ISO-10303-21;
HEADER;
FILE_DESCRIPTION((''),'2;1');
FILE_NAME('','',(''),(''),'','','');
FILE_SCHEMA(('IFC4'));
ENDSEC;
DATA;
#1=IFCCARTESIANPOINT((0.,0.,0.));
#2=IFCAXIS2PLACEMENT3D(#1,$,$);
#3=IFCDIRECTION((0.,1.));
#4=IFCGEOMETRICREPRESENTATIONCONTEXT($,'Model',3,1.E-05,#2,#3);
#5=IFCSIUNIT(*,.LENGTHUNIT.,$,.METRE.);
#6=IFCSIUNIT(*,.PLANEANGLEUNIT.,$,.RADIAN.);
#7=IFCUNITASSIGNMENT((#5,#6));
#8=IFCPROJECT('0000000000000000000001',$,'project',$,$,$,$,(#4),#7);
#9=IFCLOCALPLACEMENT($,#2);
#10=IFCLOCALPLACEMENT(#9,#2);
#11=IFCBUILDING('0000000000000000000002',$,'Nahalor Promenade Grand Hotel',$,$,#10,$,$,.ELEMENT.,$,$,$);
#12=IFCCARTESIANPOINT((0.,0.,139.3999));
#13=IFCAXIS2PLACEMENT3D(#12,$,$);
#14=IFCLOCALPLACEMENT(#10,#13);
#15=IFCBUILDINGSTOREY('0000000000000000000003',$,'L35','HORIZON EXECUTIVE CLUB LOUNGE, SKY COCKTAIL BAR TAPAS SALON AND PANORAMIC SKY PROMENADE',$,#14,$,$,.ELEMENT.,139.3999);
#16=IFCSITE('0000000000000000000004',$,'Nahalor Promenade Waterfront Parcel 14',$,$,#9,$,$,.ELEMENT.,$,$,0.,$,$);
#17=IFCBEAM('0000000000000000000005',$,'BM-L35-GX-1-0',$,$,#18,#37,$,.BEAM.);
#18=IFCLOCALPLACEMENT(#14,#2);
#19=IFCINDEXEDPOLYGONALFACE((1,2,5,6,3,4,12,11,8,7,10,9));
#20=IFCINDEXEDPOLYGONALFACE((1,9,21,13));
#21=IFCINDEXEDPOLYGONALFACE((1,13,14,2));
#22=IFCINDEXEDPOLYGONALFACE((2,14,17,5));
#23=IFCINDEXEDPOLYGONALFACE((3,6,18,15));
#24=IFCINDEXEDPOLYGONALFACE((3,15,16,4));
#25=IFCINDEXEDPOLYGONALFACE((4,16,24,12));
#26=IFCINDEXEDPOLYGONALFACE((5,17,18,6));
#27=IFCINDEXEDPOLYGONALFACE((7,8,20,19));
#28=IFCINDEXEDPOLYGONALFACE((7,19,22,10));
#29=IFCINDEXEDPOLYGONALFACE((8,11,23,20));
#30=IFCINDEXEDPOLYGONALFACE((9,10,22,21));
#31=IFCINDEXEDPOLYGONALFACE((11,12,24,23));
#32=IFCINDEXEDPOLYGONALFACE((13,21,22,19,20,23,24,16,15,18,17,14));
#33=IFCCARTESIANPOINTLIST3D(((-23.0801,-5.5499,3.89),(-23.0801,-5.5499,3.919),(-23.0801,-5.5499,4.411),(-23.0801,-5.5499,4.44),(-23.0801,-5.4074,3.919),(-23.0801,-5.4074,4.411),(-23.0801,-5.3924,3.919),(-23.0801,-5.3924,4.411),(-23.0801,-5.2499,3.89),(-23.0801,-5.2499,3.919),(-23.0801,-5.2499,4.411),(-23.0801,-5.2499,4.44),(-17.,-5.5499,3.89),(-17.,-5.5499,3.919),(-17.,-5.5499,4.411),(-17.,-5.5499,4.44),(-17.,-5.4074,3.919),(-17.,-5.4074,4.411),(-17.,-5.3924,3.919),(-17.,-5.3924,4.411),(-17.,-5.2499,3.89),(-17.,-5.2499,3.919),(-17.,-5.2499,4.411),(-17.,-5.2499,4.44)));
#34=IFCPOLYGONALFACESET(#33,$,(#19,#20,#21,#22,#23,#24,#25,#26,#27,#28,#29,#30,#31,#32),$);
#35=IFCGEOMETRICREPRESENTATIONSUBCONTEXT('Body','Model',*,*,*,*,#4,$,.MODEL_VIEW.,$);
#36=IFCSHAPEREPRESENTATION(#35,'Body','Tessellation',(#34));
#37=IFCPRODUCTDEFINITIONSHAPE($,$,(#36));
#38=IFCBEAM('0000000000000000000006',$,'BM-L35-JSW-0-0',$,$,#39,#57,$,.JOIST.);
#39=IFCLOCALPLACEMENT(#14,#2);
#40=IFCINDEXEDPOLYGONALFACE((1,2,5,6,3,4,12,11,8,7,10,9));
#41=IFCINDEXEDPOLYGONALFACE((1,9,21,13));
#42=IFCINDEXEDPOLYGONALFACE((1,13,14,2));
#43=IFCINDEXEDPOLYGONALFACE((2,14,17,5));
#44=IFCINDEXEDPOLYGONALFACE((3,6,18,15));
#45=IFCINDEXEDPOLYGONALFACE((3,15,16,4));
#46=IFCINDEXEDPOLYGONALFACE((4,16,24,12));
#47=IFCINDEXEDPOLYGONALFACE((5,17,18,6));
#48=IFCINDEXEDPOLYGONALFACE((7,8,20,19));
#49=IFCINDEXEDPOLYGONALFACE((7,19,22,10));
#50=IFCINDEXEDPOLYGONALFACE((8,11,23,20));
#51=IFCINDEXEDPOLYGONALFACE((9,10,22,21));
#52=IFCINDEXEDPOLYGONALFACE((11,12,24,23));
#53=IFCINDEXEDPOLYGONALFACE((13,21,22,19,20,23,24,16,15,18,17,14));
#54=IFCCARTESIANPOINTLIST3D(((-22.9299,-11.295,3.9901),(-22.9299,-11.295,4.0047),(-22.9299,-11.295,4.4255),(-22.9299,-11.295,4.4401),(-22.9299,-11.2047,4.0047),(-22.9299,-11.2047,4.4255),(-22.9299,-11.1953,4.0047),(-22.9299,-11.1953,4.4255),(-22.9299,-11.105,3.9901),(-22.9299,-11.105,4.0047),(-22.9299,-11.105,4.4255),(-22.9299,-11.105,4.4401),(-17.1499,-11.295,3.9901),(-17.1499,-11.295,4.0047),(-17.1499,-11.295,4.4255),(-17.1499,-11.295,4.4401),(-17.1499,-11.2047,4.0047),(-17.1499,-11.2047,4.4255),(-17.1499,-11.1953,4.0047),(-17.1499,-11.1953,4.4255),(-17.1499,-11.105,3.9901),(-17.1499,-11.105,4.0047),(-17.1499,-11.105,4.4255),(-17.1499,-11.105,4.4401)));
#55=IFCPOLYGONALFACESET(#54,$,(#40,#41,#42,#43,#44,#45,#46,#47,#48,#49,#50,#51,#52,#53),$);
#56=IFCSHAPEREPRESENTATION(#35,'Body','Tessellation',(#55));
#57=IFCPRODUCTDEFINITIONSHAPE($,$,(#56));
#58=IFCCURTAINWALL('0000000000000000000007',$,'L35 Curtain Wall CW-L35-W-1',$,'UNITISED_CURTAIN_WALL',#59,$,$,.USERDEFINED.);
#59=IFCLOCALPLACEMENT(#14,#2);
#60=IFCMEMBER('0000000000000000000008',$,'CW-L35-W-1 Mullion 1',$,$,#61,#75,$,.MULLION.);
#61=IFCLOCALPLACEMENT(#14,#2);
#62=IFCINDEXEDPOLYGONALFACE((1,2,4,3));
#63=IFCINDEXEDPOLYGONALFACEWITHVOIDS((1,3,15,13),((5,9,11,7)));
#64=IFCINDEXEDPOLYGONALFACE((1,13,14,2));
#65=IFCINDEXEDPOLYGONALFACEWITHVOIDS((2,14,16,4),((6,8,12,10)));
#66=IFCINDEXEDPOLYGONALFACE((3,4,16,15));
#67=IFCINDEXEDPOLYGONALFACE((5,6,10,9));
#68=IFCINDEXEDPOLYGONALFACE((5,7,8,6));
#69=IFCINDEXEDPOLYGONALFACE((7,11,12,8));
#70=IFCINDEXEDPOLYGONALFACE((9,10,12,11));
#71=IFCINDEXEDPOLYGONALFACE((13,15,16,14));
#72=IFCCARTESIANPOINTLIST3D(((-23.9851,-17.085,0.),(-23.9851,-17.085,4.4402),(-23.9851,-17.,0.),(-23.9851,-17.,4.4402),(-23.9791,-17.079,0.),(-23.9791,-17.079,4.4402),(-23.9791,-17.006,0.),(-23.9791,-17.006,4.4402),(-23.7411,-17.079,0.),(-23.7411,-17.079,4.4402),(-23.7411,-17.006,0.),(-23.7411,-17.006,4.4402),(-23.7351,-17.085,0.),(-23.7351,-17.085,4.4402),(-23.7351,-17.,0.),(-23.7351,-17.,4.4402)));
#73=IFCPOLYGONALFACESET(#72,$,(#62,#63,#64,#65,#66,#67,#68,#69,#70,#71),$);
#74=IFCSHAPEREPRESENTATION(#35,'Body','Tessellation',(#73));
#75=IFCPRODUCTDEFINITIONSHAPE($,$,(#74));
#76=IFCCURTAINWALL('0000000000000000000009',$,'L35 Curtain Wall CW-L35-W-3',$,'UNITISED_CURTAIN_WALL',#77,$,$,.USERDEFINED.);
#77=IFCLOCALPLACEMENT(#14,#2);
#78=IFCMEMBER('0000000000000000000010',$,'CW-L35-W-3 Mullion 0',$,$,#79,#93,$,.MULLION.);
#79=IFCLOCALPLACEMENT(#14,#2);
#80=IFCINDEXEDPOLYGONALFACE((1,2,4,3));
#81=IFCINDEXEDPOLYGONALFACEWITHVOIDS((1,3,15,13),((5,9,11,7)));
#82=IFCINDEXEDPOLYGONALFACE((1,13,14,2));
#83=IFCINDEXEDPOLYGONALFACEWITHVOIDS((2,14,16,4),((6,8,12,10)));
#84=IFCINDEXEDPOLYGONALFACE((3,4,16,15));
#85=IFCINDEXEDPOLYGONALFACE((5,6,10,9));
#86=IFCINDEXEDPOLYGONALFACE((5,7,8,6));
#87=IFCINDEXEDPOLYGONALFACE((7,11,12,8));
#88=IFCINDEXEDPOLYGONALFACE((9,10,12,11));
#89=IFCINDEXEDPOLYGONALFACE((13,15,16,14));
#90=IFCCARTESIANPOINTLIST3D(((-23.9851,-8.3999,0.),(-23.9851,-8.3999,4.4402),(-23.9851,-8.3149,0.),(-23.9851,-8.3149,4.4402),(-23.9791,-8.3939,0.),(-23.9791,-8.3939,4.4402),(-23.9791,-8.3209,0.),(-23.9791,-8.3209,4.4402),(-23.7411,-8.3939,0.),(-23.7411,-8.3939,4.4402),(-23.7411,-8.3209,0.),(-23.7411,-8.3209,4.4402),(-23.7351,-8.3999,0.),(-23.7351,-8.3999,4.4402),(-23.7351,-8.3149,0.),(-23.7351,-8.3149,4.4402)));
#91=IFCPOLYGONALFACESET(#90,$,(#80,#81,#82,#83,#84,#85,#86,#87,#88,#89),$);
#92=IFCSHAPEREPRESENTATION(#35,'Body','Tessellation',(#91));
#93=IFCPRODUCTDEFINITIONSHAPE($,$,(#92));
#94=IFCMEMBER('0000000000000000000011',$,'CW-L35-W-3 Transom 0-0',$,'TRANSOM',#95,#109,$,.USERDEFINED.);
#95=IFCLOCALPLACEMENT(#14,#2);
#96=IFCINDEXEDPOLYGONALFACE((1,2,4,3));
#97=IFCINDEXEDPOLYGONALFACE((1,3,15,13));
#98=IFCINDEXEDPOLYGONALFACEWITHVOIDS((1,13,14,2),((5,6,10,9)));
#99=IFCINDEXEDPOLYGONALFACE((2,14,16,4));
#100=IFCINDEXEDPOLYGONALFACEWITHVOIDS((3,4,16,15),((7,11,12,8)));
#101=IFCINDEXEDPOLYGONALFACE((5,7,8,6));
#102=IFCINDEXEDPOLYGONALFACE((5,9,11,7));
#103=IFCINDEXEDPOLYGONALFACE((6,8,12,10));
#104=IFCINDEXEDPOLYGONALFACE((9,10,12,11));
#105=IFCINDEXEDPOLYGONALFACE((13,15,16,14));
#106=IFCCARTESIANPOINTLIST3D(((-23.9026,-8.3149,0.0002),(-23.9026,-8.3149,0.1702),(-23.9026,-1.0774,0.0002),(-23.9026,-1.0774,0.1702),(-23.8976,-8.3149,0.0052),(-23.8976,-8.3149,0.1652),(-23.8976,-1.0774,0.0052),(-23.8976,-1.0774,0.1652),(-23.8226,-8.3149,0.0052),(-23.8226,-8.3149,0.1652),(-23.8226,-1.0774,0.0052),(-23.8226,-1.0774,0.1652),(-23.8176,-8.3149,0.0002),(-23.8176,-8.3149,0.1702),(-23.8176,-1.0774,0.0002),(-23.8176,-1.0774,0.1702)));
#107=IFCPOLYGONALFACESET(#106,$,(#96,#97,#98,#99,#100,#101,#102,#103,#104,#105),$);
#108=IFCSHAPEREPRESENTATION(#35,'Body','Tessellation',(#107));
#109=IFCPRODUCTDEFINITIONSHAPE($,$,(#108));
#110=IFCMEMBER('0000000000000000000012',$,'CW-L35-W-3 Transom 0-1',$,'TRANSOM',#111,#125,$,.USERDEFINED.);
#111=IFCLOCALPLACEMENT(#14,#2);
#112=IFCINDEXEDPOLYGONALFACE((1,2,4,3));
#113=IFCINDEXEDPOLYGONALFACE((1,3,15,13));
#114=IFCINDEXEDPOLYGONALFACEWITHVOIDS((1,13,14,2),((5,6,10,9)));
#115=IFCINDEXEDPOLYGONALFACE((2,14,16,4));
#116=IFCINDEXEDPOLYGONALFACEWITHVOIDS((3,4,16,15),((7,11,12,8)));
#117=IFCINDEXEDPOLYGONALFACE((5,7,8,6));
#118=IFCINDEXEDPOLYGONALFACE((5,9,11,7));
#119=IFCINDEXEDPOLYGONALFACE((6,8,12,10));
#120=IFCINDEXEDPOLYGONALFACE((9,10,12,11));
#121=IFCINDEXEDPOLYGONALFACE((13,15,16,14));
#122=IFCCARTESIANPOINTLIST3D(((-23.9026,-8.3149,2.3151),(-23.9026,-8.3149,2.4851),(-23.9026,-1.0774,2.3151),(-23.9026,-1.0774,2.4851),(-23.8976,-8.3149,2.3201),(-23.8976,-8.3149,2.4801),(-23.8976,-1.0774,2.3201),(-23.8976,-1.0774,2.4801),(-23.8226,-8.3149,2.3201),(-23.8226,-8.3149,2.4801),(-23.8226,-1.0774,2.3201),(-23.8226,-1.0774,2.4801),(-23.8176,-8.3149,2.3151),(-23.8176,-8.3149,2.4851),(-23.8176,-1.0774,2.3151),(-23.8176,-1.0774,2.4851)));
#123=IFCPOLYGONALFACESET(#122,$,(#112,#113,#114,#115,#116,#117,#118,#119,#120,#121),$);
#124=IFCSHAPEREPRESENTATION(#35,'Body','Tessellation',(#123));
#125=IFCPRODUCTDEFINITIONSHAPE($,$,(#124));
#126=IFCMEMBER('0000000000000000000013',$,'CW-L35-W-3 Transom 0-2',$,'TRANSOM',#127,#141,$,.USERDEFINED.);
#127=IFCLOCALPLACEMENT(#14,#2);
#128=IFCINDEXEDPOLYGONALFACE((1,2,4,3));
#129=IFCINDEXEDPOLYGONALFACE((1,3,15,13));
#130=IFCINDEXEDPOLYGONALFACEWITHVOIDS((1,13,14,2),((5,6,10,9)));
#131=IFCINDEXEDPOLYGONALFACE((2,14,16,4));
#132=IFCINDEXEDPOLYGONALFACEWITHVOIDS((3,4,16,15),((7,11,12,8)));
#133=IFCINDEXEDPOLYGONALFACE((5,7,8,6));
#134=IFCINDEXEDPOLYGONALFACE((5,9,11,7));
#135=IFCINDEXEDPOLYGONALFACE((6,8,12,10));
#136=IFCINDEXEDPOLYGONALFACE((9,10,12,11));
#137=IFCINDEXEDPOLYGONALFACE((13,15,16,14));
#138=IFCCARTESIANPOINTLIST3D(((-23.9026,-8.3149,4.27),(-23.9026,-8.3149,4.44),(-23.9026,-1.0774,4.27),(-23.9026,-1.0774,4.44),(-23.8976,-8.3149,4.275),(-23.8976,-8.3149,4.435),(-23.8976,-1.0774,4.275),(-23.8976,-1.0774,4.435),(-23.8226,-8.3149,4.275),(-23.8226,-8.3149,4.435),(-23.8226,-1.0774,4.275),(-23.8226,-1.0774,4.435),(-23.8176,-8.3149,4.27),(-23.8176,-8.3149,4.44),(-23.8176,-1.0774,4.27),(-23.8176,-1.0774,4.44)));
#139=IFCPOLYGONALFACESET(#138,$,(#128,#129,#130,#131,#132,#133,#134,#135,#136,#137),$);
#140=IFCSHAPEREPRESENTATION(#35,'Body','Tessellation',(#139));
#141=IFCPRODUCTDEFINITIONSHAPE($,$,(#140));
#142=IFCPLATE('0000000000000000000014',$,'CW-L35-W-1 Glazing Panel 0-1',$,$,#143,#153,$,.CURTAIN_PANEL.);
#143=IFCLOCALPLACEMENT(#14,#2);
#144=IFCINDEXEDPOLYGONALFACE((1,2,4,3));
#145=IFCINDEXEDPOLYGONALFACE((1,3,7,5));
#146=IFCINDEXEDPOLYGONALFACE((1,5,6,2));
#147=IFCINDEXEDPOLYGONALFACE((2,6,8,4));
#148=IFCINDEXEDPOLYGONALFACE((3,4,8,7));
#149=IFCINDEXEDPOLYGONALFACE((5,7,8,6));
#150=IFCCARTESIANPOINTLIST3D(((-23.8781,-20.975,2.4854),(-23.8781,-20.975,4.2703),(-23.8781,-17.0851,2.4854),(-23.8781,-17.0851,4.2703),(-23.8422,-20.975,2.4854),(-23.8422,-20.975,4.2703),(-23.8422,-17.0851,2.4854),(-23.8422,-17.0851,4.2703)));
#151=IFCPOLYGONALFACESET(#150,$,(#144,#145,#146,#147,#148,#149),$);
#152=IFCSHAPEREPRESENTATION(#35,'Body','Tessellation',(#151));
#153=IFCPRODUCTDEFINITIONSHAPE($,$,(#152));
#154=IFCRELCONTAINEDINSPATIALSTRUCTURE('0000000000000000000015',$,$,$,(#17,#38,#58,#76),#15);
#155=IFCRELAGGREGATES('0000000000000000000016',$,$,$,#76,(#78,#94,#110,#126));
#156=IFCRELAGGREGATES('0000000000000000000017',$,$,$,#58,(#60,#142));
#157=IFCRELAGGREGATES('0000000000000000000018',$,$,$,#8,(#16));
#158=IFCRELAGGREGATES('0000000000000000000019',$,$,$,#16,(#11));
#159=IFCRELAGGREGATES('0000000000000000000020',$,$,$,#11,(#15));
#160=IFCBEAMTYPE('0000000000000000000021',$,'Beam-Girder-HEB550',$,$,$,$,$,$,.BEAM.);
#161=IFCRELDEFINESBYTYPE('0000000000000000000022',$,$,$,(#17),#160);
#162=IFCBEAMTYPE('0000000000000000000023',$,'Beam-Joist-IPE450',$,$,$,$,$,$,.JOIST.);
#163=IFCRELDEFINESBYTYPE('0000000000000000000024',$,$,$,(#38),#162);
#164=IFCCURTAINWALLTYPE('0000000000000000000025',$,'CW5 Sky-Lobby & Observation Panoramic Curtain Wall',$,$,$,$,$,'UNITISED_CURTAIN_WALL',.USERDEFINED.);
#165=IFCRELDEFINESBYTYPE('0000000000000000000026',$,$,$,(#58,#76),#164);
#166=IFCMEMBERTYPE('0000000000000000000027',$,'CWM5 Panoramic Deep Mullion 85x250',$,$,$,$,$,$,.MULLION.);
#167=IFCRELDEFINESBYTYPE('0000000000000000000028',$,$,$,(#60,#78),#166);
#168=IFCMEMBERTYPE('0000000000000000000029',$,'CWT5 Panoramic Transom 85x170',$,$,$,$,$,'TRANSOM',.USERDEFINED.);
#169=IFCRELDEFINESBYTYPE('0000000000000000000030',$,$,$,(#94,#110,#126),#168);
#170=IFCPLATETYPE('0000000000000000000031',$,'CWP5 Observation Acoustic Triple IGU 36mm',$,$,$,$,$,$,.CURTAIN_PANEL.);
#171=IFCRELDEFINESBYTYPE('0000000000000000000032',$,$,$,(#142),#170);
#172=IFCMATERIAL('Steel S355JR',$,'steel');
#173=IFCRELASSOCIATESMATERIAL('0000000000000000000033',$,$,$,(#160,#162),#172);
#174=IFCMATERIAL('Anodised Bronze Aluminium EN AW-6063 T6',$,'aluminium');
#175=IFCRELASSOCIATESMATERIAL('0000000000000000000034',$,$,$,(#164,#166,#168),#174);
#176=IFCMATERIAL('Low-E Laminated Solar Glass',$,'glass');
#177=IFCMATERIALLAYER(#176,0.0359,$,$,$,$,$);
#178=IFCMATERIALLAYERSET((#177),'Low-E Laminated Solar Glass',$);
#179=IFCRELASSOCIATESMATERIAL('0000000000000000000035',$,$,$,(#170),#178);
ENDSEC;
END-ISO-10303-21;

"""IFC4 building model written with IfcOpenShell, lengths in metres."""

from ifc_helpers import new_model, si_unit, direction, frame, origin, origin_2d, place, context, subcontext, project, spatial, rectangle, hollow_rectangle, i_section, extrude, source, transform, mapped, material, layer, layer_set, material_profile, profile_set, type_object, element, aggregate, save


model = new_model("IFC4")

# Units and contexts
model_context = context("Model", 3, precision=1e-05, world=origin(), true_north=direction((0.0, 1.0)))
body_context = subcontext(model_context, "Body", "Model", "MODEL_VIEW")
ifc_project = project(units=[si_unit("LENGTHUNIT", "METRE"), si_unit("PLANEANGLEUNIT", "RADIAN")], contexts=[model_context])

# Site, building, storey
site_placement = place(None, origin())
site = spatial("IfcSite", under=ifc_project, at=site_placement, Name="Nahalor Promenade Waterfront Parcel 14", CompositionType="ELEMENT", RefElevation=0.0)
building_placement = place(site_placement, origin())
building = spatial("IfcBuilding", under=site, at=building_placement, Name="Nahalor Promenade Grand Hotel", CompositionType="ELEMENT")
storey_placement = place(building_placement, frame((0.0, 0.0, 139.3999)))
storey = spatial("IfcBuildingStorey", under=building, at=storey_placement, Name="L35", Description="HORIZON EXECUTIVE CLUB LOUNGE, SKY COCKTAIL BAR TAPAS SALON AND PANORAMIC SKY PROMENADE", CompositionType="ELEMENT", Elevation=139.3999)

# Beams
ifc_material_1 = material(Name="Steel S355JR", Category="steel")
ifc_material_profile_1 = material_profile(ifc_material_1, i_section(OverallWidth=0.3, OverallDepth=0.55, WebThickness=0.015, FlangeThickness=0.029, at=origin_2d()), Name="HEB 550")
ifc_profile_set_1 = profile_set([ifc_material_profile_1], Name="Steel S355JR")
beam_type_1 = type_object("IfcBeamType", Name="Beam-Girder-HEB550", PredefinedType="BEAM", material=ifc_profile_set_1)
ifc_material_profile_2 = material_profile(ifc_material_1, i_section(OverallWidth=0.19, OverallDepth=0.45, WebThickness=0.0094, FlangeThickness=0.0146, at=origin_2d()), Name="IPE 450")
ifc_profile_set_2 = profile_set([ifc_material_profile_2], Name="Steel S355JR")
beam_type_2 = type_object("IfcBeamType", Name="Beam-Joist-IPE450", PredefinedType="JOIST", material=ifc_profile_set_2)
shared_shape_1 = source(origin(), body_context, "Body", "SweptSolid", [
    extrude(i_section(OverallWidth=0.3, OverallDepth=0.55, WebThickness=0.015, FlangeThickness=0.029, at=origin_2d()), origin(), (0.0, 0.0, 1.0), 6.0801),
])
for number, where, z_axis, x_axis, name in (
    (1, (-23.0801, -5.3999, 4.165), (1.0, 0.0, 0.0), (0.0, 1.0, 0.0), "BM-L35-GX-1-0"),
):
    element("IfcBeam", number, at=place(storey_placement, frame(where, z_axis=z_axis, x_axis=x_axis)), inside=storey, type_object=beam_type_1, Name=name, PredefinedType="BEAM", context=body_context, shape_type="MappedRepresentation", body=[
        mapped(shared_shape_1, transform((0.0, 0.0, 0.0), scale=1.0)),
    ])
shared_shape_2 = source(origin(), body_context, "Body", "SweptSolid", [
    extrude(i_section(OverallWidth=0.19, OverallDepth=0.45, WebThickness=0.0094, FlangeThickness=0.0146, at=origin_2d()), origin(), (0.0, 0.0, 1.0), 5.78),
])
beam_1_placement = place(storey_placement, frame((-22.9299, -11.2, 4.2151), z_axis=(1.0, 0.0, 0.0), x_axis=(0.0, 1.0, 0.0)))
element("IfcBeam", 2, at=beam_1_placement, inside=storey, type_object=beam_type_2, Name="BM-L35-JSW-0-0", PredefinedType="JOIST", context=body_context, shape_type="MappedRepresentation", body=[
    mapped(shared_shape_2, transform((0.0, 0.0, 0.0), scale=1.0)),
])

# Curtain wall, member
ifc_material_2 = material(Name="Anodised Bronze Aluminium EN AW-6063 T6", Category="aluminium")
curtain_wall_type = type_object("IfcCurtainWallType", Name="CW5 Sky-Lobby & Observation Panoramic Curtain Wall", ElementType="UNITISED_CURTAIN_WALL", PredefinedType="USERDEFINED", material=ifc_material_2)
curtain_wall_1_placement = place(storey_placement, origin())
curtain_wall_1 = element("IfcCurtainWall", 3, at=curtain_wall_1_placement, inside=storey, type_object=curtain_wall_type, Name="L35 Curtain Wall CW-L35-W-1", ObjectType="UNITISED_CURTAIN_WALL", PredefinedType="USERDEFINED")
ifc_material_profile_3 = material_profile(ifc_material_2, hollow_rectangle(XDim=0.085, YDim=0.25, WallThickness=0.006, at=origin_2d()), Name="CWM 85x250x6")
ifc_profile_set_3 = profile_set([ifc_material_profile_3], Name="Anodised Bronze Aluminium EN AW-6063 T6")
member_type_1 = type_object("IfcMemberType", Name="CWM5 Panoramic Deep Mullion 85x250", PredefinedType="MULLION", material=ifc_profile_set_3)
shared_shape_3 = source(origin(), body_context, "Body", "SweptSolid", [
    extrude(hollow_rectangle(XDim=0.085, YDim=0.25, WallThickness=0.006, at=origin_2d()), origin(), (0.0, 0.0, 1.0), 4.4402),
])
member_1_placement = place(storey_placement, frame((-23.8601, -17.0425, 0.0), z_axis=(0.0, 0.0, 1.0), x_axis=(0.0, 1.0, 0.0)))
member_1 = element("IfcMember", 4, at=member_1_placement, type_object=member_type_1, Name="CW-L35-W-1 Mullion 1", PredefinedType="MULLION", context=body_context, shape_type="MappedRepresentation", body=[
    mapped(shared_shape_3, transform((0.0, 0.0, 0.0), scale=1.0)),
])

# Curtain wall, members
curtain_wall_2_placement = place(storey_placement, origin())
curtain_wall_2 = element("IfcCurtainWall", 5, at=curtain_wall_2_placement, inside=storey, type_object=curtain_wall_type, Name="L35 Curtain Wall CW-L35-W-3", ObjectType="UNITISED_CURTAIN_WALL", PredefinedType="USERDEFINED")
member_2_placement = place(storey_placement, frame((-23.8601, -8.3574, 0.0), z_axis=(0.0, 0.0, 1.0), x_axis=(0.0, 1.0, 0.0)))
member_2 = element("IfcMember", 6, at=member_2_placement, type_object=member_type_1, Name="CW-L35-W-3 Mullion 0", PredefinedType="MULLION", context=body_context, shape_type="MappedRepresentation", body=[
    mapped(shared_shape_3, transform((0.0, 0.0, 0.0), scale=1.0)),
])
ifc_material_profile_4 = material_profile(ifc_material_2, hollow_rectangle(XDim=0.085, YDim=0.17, WallThickness=0.005, at=origin_2d()), Name="CWT 85x170x5")
ifc_profile_set_4 = profile_set([ifc_material_profile_4], Name="Anodised Bronze Aluminium EN AW-6063 T6")
member_type_2 = type_object("IfcMemberType", Name="CWT5 Panoramic Transom 85x170", ElementType="TRANSOM", PredefinedType="USERDEFINED", material=ifc_profile_set_4)
shared_shape_4 = source(origin(), body_context, "Body", "SweptSolid", [
    extrude(hollow_rectangle(XDim=0.085, YDim=0.17, WallThickness=0.005, at=origin_2d()), origin(), (0.0, 0.0, 1.0), 7.2375),
])
member_3_placement = place(storey_placement, frame((-23.8601, -8.3149, 0.0852), z_axis=(0.0, 1.0, 0.0), x_axis=(-1.0, 0.0, 0.0)))
member_3 = element("IfcMember", 7, at=member_3_placement, type_object=member_type_2, Name="CW-L35-W-3 Transom 0-0", ObjectType="TRANSOM", PredefinedType="USERDEFINED", context=body_context, shape_type="MappedRepresentation", body=[
    mapped(shared_shape_4, transform((0.0, 0.0, 0.0), scale=1.0)),
])
member_4_placement = place(storey_placement, frame((-23.8601, -8.3149, 2.4001), z_axis=(0.0, 1.0, 0.0), x_axis=(-1.0, 0.0, 0.0)))
member_4 = element("IfcMember", 8, at=member_4_placement, type_object=member_type_2, Name="CW-L35-W-3 Transom 0-1", ObjectType="TRANSOM", PredefinedType="USERDEFINED", context=body_context, shape_type="MappedRepresentation", body=[
    mapped(shared_shape_4, transform((0.0, 0.0, 0.0), scale=1.0)),
])
member_5_placement = place(storey_placement, frame((-23.8601, -8.3149, 4.355), z_axis=(0.0, 1.0, 0.0), x_axis=(-1.0, 0.0, 0.0)))
member_5 = element("IfcMember", 9, at=member_5_placement, type_object=member_type_2, Name="CW-L35-W-3 Transom 0-2", ObjectType="TRANSOM", PredefinedType="USERDEFINED", context=body_context, shape_type="MappedRepresentation", body=[
    mapped(shared_shape_4, transform((0.0, 0.0, 0.0), scale=1.0)),
])
aggregate(curtain_wall_2, [member_2, member_3, member_4, member_5])

# Plate
ifc_material_3 = material(Name="Low-E Laminated Solar Glass", Category="glass")
ifc_layer_1 = layer(ifc_material_3, 0.0359)
ifc_layer_set_1 = layer_set([ifc_layer_1], Name="Low-E Laminated Solar Glass")
plate_type = type_object("IfcPlateType", Name="CWP5 Observation Acoustic Triple IGU 36mm", PredefinedType="CURTAIN_PANEL", material=ifc_layer_set_1)
shared_shape_5 = source(origin(), body_context, "Body", "SweptSolid", [
    extrude(rectangle(XDim=3.8899, YDim=0.0359, at=origin_2d()), origin(), (0.0, 0.0, 1.0), 1.7849),
])
plate_placement = place(storey_placement, frame((-23.8601, -19.03, 2.4854), z_axis=(0.0, 0.0, 1.0), x_axis=(0.0, 1.0, 0.0)))
plate = element("IfcPlate", 10, at=plate_placement, type_object=plate_type, Name="CW-L35-W-1 Glazing Panel 0-1", PredefinedType="CURTAIN_PANEL", context=body_context, shape_type="MappedRepresentation", body=[
    mapped(shared_shape_5, transform((0.0, 0.0, 0.0), scale=1.0)),
])
aggregate(curtain_wall_1, [member_1, plate])

save(model, "model.ifc")
